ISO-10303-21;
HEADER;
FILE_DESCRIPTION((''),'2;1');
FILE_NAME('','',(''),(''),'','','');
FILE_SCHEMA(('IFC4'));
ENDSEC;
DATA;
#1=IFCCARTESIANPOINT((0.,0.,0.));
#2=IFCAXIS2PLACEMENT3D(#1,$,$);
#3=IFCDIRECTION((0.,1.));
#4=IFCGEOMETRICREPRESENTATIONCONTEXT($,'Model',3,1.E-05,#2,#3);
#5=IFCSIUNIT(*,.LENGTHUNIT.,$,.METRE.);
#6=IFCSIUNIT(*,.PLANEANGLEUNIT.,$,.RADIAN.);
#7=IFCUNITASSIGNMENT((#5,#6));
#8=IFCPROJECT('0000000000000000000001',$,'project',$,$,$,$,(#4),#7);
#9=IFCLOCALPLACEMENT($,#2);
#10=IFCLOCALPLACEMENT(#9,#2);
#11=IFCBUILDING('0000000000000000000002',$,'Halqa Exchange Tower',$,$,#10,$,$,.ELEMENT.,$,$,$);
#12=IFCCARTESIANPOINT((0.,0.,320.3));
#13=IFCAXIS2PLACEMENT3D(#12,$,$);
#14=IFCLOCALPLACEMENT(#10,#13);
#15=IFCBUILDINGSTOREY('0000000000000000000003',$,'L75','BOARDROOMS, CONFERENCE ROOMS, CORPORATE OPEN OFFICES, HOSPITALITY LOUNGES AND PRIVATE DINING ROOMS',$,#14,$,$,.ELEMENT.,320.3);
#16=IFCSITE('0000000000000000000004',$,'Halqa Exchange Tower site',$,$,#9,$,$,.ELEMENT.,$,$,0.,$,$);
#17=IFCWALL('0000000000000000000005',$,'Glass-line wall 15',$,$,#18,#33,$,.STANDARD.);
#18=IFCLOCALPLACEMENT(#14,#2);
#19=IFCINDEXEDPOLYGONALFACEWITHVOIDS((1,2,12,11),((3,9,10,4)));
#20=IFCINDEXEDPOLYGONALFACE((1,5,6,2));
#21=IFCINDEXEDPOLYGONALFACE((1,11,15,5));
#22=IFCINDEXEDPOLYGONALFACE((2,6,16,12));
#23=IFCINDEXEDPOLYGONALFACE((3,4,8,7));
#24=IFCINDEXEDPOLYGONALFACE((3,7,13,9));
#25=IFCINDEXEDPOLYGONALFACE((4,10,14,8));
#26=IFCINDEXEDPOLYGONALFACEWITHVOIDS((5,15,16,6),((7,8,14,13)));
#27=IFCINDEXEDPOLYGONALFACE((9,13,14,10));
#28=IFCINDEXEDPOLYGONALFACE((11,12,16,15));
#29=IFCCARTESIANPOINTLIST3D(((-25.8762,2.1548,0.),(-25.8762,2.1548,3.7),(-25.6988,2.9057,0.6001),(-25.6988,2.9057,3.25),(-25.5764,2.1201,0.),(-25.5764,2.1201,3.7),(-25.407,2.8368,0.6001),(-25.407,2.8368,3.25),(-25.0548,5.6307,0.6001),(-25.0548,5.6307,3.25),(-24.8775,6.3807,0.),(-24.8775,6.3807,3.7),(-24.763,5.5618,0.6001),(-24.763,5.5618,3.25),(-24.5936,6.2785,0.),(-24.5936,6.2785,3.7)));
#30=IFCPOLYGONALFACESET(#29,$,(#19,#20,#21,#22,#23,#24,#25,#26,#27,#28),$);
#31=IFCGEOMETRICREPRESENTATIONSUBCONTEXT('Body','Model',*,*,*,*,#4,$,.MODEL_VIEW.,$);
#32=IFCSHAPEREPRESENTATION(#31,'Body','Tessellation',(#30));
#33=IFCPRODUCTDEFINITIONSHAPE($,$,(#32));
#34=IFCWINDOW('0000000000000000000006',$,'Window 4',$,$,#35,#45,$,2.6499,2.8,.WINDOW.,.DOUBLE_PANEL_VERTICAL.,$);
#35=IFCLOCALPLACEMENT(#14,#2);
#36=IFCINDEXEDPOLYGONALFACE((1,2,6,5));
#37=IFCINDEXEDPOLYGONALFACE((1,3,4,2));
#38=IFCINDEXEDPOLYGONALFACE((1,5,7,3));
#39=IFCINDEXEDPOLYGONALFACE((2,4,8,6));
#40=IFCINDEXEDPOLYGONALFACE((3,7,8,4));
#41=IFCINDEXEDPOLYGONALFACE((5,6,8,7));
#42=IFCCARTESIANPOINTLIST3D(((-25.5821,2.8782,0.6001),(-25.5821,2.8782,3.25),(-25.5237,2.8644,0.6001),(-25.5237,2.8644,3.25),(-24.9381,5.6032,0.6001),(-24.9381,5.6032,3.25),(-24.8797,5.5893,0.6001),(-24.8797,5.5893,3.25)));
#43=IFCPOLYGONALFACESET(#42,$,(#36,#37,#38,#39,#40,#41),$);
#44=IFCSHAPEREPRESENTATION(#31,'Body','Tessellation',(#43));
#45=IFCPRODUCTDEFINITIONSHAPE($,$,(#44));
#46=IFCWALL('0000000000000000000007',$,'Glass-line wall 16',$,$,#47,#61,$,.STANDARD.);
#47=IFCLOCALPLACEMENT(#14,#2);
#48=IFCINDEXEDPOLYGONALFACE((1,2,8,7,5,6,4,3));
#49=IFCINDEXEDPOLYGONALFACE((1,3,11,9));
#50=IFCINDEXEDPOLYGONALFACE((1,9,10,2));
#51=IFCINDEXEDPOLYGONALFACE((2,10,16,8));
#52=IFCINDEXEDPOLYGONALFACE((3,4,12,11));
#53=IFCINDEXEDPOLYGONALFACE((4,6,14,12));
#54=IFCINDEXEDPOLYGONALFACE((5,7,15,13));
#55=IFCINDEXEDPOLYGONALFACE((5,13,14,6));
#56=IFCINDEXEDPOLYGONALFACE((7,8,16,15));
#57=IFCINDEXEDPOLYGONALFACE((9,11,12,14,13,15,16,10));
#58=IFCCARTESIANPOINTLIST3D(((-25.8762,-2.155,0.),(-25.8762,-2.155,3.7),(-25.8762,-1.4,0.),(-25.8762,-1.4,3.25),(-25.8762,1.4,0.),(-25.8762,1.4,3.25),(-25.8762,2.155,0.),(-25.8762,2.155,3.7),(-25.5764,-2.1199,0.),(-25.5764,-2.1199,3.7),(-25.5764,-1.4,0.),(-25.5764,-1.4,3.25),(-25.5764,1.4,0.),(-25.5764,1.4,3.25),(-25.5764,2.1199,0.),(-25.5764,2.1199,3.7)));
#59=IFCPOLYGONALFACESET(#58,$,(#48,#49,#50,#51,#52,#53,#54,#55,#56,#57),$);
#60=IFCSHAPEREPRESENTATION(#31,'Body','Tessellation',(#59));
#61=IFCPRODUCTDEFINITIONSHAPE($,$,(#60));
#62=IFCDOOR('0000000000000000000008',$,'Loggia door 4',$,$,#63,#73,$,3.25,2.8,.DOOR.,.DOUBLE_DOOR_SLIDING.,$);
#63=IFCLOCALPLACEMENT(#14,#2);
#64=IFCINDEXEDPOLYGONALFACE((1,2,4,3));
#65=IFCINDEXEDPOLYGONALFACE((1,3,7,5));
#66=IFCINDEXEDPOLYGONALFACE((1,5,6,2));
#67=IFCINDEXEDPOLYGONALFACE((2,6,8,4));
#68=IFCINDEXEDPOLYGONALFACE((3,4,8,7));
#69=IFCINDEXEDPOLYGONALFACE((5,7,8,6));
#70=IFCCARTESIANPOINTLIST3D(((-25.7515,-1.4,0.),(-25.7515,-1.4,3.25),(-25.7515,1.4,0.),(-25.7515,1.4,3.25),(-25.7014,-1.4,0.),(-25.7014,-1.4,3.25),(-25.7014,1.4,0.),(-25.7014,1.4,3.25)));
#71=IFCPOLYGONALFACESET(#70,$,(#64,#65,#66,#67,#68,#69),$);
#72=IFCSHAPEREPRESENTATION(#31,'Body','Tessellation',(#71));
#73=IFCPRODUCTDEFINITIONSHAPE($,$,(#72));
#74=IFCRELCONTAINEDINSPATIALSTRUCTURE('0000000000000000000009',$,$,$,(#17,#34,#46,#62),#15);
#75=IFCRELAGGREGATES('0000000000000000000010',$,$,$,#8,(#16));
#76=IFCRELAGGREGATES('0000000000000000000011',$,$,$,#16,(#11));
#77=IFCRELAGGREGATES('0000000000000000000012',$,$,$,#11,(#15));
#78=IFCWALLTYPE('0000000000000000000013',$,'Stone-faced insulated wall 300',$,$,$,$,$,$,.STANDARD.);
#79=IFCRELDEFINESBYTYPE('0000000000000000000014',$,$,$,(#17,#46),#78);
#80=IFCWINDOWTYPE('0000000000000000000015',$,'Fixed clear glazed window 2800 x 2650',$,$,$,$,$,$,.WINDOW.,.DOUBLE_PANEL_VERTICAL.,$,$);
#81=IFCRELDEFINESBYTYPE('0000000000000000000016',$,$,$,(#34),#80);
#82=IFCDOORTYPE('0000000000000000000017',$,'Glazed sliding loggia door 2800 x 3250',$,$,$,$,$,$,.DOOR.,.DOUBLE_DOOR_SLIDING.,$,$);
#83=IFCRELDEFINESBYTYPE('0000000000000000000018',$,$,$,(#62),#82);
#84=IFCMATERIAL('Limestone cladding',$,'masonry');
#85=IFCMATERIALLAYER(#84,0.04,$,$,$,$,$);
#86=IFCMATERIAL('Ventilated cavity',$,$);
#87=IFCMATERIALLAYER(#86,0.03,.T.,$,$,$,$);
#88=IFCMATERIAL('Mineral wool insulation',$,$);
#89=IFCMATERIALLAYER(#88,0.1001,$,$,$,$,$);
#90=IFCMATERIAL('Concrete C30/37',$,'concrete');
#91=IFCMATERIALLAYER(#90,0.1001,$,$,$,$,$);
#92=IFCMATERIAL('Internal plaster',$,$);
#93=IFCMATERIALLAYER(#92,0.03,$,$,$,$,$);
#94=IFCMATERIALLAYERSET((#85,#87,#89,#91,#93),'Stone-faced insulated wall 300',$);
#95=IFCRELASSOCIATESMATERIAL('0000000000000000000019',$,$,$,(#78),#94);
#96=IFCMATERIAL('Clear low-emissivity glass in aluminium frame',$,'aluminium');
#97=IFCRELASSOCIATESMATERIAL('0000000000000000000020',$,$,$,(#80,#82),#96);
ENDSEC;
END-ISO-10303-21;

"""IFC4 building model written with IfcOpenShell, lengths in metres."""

from ifc_helpers import new_model, si_unit, direction, frame, frame_2d, origin, place, context, subcontext, project, spatial, polyline, rectangle, outline, extrude, material, layer, layer_set, type_object, element, fill, save


model = new_model("IFC4")

# Units and contexts
model_context = context("Model", 3, precision=1e-05, world=origin(), true_north=direction((0.0, 1.0)))
body_context = subcontext(model_context, "Body", "Model", "MODEL_VIEW")
ifc_project = project(units=[si_unit("LENGTHUNIT", "METRE"), si_unit("PLANEANGLEUNIT", "RADIAN")], contexts=[model_context])

# Site, building, storey
site_placement = place(None, origin())
site = spatial("IfcSite", under=ifc_project, at=site_placement, Name="Halqa Exchange Tower site", CompositionType="ELEMENT", RefElevation=0.0)
building_placement = place(site_placement, origin())
building = spatial("IfcBuilding", under=site, at=building_placement, Name="Halqa Exchange Tower", CompositionType="ELEMENT")
storey_placement = place(building_placement, frame((0.0, 0.0, 320.3)))
storey = spatial("IfcBuildingStorey", under=building, at=storey_placement, Name="L75", Description="BOARDROOMS, CONFERENCE ROOMS, CORPORATE OPEN OFFICES, HOSPITALITY LOUNGES AND PRIVATE DINING ROOMS", CompositionType="ELEMENT", Elevation=320.3)

# Wall, opening, window
ifc_material_1 = material(Name="Limestone cladding", Category="masonry")
ifc_layer_1 = layer(ifc_material_1, 0.04)
ifc_material_2 = material(Name="Ventilated cavity")
ifc_layer_2 = layer(ifc_material_2, 0.03, ventilated=True)
ifc_material_3 = material(Name="Mineral wool insulation")
ifc_layer_3 = layer(ifc_material_3, 0.1001)
ifc_material_4 = material(Name="Concrete C30/37", Category="concrete")
ifc_layer_4 = layer(ifc_material_4, 0.1001)
ifc_material_5 = material(Name="Internal plaster")
ifc_layer_5 = layer(ifc_material_5, 0.03)
ifc_layer_set_1 = layer_set([ifc_layer_1, ifc_layer_2, ifc_layer_3, ifc_layer_4, ifc_layer_5], Name="Stone-faced insulated wall 300")
wall_type_1 = type_object("IfcWallType", Name="Stone-faced insulated wall 300", PredefinedType="STANDARD", material=ifc_layer_set_1)
ifc_material_6 = material(Name="Clear low-emissivity glass in aluminium frame", Category="aluminium")
window_type = type_object("IfcWindowType", Name="Fixed clear glazed window 2800 x 2650", PartitioningType="DOUBLE_PANEL_VERTICAL", PredefinedType="WINDOW", material=ifc_material_6)
wall_1_placement = place(storey_placement, frame((-24.7356, 6.3296, 0.0), z_axis=(0.0, 0.0, 1.0), x_axis=(-0.229993, -0.973192, 0.0)))
wall_1 = element("IfcWall", 1, at=wall_1_placement, inside=storey, type_object=wall_type_1, Name="Glass-line wall 15", PredefinedType="STANDARD", context=body_context, shape_type="SweptSolid", body=[
    extrude(outline(polyline([(-0.0171, -0.1499), (4.3252, -0.1499), (4.29, 0.1499), (0.0171, 0.1499), (-0.0171, -0.1499)])), origin(), (0.0, 0.0, 1.0), 3.7),
])
opening_1_placement = place(wall_1_placement, frame((0.7537, 0.0, 0.6001)))
opening_1 = element("IfcOpeningElement", 2, at=opening_1_placement, cuts=wall_1, PredefinedType="OPENING", context=body_context, shape_type="SweptSolid", body=[
    extrude(rectangle(XDim=2.8, YDim=2.6499, at=frame_2d((1.3999, 1.325))), frame((0.0, 0.1621, 0.0), z_axis=(0.0, -1.0, 0.0), x_axis=(1.0, 0.0, 0.0)), (0.0, 0.0, 1.0), 0.324),
])
window_1_placement = place(opening_1_placement, origin())
window_1 = element("IfcWindow", 3, at=window_1_placement, inside=storey, type_object=window_type, Name="Window 4", OverallHeight=2.6499, OverallWidth=2.8, PartitioningType="DOUBLE_PANEL_VERTICAL", PredefinedType="WINDOW", context=body_context, shape_type="SweptSolid", body=[
    extrude(rectangle(XDim=2.8, YDim=2.6499, at=frame_2d((1.3999, 1.325))), frame((0.0, 0.03, 0.0), z_axis=(0.0, -1.0, 0.0), x_axis=(1.0, 0.0, 0.0)), (0.0, 0.0, 1.0), 0.0601),
])
fill(opening_1, window_1)

# Wall, opening, door
wall_2_placement = place(storey_placement, frame((-25.7263, 2.1375, 0.0), z_axis=(0.0, 0.0, 1.0), x_axis=(0.0, -1.0, 0.0)))
wall_2 = element("IfcWall", 4, at=wall_2_placement, inside=storey, type_object=wall_type_1, Name="Glass-line wall 16", PredefinedType="STANDARD", context=body_context, shape_type="SweptSolid", body=[
    extrude(outline(polyline([(-0.0176, -0.1499), (4.2925, -0.1499), (4.2573, 0.1499), (0.0176, 0.1499), (-0.0176, -0.1499)])), origin(), (0.0, 0.0, 1.0), 3.7),
])
opening_2_placement = place(wall_2_placement, frame((0.7375, 0.0, 0.0)))
opening_2 = element("IfcOpeningElement", 5, at=opening_2_placement, cuts=wall_2, PredefinedType="OPENING", context=body_context, shape_type="SweptSolid", body=[
    extrude(rectangle(XDim=2.8, YDim=3.25, at=frame_2d((1.3999, 1.625))), frame((0.0, 0.1621, 0.0), z_axis=(0.0, -1.0, 0.0), x_axis=(1.0, 0.0, 0.0)), (0.0, 0.0, 1.0), 0.324),
])
door_type = type_object("IfcDoorType", Name="Glazed sliding loggia door 2800 x 3250", OperationType="DOUBLE_DOOR_SLIDING", PredefinedType="DOOR", material=ifc_material_6)
door_placement = place(opening_2_placement, origin())
door = element("IfcDoor", 6, at=door_placement, inside=storey, type_object=door_type, Name="Loggia door 4", OperationType="DOUBLE_DOOR_SLIDING", OverallHeight=3.25, OverallWidth=2.8, PredefinedType="DOOR", context=body_context, shape_type="SweptSolid", body=[
    extrude(rectangle(XDim=2.8, YDim=3.25, at=frame_2d((1.3999, 1.625))), frame((0.0, 0.0249, 0.0), z_axis=(0.0, -1.0, 0.0), x_axis=(1.0, 0.0, 0.0)), (0.0, 0.0, 1.0), 0.05),
])
fill(opening_2, door)

save(model, "model.ifc")
